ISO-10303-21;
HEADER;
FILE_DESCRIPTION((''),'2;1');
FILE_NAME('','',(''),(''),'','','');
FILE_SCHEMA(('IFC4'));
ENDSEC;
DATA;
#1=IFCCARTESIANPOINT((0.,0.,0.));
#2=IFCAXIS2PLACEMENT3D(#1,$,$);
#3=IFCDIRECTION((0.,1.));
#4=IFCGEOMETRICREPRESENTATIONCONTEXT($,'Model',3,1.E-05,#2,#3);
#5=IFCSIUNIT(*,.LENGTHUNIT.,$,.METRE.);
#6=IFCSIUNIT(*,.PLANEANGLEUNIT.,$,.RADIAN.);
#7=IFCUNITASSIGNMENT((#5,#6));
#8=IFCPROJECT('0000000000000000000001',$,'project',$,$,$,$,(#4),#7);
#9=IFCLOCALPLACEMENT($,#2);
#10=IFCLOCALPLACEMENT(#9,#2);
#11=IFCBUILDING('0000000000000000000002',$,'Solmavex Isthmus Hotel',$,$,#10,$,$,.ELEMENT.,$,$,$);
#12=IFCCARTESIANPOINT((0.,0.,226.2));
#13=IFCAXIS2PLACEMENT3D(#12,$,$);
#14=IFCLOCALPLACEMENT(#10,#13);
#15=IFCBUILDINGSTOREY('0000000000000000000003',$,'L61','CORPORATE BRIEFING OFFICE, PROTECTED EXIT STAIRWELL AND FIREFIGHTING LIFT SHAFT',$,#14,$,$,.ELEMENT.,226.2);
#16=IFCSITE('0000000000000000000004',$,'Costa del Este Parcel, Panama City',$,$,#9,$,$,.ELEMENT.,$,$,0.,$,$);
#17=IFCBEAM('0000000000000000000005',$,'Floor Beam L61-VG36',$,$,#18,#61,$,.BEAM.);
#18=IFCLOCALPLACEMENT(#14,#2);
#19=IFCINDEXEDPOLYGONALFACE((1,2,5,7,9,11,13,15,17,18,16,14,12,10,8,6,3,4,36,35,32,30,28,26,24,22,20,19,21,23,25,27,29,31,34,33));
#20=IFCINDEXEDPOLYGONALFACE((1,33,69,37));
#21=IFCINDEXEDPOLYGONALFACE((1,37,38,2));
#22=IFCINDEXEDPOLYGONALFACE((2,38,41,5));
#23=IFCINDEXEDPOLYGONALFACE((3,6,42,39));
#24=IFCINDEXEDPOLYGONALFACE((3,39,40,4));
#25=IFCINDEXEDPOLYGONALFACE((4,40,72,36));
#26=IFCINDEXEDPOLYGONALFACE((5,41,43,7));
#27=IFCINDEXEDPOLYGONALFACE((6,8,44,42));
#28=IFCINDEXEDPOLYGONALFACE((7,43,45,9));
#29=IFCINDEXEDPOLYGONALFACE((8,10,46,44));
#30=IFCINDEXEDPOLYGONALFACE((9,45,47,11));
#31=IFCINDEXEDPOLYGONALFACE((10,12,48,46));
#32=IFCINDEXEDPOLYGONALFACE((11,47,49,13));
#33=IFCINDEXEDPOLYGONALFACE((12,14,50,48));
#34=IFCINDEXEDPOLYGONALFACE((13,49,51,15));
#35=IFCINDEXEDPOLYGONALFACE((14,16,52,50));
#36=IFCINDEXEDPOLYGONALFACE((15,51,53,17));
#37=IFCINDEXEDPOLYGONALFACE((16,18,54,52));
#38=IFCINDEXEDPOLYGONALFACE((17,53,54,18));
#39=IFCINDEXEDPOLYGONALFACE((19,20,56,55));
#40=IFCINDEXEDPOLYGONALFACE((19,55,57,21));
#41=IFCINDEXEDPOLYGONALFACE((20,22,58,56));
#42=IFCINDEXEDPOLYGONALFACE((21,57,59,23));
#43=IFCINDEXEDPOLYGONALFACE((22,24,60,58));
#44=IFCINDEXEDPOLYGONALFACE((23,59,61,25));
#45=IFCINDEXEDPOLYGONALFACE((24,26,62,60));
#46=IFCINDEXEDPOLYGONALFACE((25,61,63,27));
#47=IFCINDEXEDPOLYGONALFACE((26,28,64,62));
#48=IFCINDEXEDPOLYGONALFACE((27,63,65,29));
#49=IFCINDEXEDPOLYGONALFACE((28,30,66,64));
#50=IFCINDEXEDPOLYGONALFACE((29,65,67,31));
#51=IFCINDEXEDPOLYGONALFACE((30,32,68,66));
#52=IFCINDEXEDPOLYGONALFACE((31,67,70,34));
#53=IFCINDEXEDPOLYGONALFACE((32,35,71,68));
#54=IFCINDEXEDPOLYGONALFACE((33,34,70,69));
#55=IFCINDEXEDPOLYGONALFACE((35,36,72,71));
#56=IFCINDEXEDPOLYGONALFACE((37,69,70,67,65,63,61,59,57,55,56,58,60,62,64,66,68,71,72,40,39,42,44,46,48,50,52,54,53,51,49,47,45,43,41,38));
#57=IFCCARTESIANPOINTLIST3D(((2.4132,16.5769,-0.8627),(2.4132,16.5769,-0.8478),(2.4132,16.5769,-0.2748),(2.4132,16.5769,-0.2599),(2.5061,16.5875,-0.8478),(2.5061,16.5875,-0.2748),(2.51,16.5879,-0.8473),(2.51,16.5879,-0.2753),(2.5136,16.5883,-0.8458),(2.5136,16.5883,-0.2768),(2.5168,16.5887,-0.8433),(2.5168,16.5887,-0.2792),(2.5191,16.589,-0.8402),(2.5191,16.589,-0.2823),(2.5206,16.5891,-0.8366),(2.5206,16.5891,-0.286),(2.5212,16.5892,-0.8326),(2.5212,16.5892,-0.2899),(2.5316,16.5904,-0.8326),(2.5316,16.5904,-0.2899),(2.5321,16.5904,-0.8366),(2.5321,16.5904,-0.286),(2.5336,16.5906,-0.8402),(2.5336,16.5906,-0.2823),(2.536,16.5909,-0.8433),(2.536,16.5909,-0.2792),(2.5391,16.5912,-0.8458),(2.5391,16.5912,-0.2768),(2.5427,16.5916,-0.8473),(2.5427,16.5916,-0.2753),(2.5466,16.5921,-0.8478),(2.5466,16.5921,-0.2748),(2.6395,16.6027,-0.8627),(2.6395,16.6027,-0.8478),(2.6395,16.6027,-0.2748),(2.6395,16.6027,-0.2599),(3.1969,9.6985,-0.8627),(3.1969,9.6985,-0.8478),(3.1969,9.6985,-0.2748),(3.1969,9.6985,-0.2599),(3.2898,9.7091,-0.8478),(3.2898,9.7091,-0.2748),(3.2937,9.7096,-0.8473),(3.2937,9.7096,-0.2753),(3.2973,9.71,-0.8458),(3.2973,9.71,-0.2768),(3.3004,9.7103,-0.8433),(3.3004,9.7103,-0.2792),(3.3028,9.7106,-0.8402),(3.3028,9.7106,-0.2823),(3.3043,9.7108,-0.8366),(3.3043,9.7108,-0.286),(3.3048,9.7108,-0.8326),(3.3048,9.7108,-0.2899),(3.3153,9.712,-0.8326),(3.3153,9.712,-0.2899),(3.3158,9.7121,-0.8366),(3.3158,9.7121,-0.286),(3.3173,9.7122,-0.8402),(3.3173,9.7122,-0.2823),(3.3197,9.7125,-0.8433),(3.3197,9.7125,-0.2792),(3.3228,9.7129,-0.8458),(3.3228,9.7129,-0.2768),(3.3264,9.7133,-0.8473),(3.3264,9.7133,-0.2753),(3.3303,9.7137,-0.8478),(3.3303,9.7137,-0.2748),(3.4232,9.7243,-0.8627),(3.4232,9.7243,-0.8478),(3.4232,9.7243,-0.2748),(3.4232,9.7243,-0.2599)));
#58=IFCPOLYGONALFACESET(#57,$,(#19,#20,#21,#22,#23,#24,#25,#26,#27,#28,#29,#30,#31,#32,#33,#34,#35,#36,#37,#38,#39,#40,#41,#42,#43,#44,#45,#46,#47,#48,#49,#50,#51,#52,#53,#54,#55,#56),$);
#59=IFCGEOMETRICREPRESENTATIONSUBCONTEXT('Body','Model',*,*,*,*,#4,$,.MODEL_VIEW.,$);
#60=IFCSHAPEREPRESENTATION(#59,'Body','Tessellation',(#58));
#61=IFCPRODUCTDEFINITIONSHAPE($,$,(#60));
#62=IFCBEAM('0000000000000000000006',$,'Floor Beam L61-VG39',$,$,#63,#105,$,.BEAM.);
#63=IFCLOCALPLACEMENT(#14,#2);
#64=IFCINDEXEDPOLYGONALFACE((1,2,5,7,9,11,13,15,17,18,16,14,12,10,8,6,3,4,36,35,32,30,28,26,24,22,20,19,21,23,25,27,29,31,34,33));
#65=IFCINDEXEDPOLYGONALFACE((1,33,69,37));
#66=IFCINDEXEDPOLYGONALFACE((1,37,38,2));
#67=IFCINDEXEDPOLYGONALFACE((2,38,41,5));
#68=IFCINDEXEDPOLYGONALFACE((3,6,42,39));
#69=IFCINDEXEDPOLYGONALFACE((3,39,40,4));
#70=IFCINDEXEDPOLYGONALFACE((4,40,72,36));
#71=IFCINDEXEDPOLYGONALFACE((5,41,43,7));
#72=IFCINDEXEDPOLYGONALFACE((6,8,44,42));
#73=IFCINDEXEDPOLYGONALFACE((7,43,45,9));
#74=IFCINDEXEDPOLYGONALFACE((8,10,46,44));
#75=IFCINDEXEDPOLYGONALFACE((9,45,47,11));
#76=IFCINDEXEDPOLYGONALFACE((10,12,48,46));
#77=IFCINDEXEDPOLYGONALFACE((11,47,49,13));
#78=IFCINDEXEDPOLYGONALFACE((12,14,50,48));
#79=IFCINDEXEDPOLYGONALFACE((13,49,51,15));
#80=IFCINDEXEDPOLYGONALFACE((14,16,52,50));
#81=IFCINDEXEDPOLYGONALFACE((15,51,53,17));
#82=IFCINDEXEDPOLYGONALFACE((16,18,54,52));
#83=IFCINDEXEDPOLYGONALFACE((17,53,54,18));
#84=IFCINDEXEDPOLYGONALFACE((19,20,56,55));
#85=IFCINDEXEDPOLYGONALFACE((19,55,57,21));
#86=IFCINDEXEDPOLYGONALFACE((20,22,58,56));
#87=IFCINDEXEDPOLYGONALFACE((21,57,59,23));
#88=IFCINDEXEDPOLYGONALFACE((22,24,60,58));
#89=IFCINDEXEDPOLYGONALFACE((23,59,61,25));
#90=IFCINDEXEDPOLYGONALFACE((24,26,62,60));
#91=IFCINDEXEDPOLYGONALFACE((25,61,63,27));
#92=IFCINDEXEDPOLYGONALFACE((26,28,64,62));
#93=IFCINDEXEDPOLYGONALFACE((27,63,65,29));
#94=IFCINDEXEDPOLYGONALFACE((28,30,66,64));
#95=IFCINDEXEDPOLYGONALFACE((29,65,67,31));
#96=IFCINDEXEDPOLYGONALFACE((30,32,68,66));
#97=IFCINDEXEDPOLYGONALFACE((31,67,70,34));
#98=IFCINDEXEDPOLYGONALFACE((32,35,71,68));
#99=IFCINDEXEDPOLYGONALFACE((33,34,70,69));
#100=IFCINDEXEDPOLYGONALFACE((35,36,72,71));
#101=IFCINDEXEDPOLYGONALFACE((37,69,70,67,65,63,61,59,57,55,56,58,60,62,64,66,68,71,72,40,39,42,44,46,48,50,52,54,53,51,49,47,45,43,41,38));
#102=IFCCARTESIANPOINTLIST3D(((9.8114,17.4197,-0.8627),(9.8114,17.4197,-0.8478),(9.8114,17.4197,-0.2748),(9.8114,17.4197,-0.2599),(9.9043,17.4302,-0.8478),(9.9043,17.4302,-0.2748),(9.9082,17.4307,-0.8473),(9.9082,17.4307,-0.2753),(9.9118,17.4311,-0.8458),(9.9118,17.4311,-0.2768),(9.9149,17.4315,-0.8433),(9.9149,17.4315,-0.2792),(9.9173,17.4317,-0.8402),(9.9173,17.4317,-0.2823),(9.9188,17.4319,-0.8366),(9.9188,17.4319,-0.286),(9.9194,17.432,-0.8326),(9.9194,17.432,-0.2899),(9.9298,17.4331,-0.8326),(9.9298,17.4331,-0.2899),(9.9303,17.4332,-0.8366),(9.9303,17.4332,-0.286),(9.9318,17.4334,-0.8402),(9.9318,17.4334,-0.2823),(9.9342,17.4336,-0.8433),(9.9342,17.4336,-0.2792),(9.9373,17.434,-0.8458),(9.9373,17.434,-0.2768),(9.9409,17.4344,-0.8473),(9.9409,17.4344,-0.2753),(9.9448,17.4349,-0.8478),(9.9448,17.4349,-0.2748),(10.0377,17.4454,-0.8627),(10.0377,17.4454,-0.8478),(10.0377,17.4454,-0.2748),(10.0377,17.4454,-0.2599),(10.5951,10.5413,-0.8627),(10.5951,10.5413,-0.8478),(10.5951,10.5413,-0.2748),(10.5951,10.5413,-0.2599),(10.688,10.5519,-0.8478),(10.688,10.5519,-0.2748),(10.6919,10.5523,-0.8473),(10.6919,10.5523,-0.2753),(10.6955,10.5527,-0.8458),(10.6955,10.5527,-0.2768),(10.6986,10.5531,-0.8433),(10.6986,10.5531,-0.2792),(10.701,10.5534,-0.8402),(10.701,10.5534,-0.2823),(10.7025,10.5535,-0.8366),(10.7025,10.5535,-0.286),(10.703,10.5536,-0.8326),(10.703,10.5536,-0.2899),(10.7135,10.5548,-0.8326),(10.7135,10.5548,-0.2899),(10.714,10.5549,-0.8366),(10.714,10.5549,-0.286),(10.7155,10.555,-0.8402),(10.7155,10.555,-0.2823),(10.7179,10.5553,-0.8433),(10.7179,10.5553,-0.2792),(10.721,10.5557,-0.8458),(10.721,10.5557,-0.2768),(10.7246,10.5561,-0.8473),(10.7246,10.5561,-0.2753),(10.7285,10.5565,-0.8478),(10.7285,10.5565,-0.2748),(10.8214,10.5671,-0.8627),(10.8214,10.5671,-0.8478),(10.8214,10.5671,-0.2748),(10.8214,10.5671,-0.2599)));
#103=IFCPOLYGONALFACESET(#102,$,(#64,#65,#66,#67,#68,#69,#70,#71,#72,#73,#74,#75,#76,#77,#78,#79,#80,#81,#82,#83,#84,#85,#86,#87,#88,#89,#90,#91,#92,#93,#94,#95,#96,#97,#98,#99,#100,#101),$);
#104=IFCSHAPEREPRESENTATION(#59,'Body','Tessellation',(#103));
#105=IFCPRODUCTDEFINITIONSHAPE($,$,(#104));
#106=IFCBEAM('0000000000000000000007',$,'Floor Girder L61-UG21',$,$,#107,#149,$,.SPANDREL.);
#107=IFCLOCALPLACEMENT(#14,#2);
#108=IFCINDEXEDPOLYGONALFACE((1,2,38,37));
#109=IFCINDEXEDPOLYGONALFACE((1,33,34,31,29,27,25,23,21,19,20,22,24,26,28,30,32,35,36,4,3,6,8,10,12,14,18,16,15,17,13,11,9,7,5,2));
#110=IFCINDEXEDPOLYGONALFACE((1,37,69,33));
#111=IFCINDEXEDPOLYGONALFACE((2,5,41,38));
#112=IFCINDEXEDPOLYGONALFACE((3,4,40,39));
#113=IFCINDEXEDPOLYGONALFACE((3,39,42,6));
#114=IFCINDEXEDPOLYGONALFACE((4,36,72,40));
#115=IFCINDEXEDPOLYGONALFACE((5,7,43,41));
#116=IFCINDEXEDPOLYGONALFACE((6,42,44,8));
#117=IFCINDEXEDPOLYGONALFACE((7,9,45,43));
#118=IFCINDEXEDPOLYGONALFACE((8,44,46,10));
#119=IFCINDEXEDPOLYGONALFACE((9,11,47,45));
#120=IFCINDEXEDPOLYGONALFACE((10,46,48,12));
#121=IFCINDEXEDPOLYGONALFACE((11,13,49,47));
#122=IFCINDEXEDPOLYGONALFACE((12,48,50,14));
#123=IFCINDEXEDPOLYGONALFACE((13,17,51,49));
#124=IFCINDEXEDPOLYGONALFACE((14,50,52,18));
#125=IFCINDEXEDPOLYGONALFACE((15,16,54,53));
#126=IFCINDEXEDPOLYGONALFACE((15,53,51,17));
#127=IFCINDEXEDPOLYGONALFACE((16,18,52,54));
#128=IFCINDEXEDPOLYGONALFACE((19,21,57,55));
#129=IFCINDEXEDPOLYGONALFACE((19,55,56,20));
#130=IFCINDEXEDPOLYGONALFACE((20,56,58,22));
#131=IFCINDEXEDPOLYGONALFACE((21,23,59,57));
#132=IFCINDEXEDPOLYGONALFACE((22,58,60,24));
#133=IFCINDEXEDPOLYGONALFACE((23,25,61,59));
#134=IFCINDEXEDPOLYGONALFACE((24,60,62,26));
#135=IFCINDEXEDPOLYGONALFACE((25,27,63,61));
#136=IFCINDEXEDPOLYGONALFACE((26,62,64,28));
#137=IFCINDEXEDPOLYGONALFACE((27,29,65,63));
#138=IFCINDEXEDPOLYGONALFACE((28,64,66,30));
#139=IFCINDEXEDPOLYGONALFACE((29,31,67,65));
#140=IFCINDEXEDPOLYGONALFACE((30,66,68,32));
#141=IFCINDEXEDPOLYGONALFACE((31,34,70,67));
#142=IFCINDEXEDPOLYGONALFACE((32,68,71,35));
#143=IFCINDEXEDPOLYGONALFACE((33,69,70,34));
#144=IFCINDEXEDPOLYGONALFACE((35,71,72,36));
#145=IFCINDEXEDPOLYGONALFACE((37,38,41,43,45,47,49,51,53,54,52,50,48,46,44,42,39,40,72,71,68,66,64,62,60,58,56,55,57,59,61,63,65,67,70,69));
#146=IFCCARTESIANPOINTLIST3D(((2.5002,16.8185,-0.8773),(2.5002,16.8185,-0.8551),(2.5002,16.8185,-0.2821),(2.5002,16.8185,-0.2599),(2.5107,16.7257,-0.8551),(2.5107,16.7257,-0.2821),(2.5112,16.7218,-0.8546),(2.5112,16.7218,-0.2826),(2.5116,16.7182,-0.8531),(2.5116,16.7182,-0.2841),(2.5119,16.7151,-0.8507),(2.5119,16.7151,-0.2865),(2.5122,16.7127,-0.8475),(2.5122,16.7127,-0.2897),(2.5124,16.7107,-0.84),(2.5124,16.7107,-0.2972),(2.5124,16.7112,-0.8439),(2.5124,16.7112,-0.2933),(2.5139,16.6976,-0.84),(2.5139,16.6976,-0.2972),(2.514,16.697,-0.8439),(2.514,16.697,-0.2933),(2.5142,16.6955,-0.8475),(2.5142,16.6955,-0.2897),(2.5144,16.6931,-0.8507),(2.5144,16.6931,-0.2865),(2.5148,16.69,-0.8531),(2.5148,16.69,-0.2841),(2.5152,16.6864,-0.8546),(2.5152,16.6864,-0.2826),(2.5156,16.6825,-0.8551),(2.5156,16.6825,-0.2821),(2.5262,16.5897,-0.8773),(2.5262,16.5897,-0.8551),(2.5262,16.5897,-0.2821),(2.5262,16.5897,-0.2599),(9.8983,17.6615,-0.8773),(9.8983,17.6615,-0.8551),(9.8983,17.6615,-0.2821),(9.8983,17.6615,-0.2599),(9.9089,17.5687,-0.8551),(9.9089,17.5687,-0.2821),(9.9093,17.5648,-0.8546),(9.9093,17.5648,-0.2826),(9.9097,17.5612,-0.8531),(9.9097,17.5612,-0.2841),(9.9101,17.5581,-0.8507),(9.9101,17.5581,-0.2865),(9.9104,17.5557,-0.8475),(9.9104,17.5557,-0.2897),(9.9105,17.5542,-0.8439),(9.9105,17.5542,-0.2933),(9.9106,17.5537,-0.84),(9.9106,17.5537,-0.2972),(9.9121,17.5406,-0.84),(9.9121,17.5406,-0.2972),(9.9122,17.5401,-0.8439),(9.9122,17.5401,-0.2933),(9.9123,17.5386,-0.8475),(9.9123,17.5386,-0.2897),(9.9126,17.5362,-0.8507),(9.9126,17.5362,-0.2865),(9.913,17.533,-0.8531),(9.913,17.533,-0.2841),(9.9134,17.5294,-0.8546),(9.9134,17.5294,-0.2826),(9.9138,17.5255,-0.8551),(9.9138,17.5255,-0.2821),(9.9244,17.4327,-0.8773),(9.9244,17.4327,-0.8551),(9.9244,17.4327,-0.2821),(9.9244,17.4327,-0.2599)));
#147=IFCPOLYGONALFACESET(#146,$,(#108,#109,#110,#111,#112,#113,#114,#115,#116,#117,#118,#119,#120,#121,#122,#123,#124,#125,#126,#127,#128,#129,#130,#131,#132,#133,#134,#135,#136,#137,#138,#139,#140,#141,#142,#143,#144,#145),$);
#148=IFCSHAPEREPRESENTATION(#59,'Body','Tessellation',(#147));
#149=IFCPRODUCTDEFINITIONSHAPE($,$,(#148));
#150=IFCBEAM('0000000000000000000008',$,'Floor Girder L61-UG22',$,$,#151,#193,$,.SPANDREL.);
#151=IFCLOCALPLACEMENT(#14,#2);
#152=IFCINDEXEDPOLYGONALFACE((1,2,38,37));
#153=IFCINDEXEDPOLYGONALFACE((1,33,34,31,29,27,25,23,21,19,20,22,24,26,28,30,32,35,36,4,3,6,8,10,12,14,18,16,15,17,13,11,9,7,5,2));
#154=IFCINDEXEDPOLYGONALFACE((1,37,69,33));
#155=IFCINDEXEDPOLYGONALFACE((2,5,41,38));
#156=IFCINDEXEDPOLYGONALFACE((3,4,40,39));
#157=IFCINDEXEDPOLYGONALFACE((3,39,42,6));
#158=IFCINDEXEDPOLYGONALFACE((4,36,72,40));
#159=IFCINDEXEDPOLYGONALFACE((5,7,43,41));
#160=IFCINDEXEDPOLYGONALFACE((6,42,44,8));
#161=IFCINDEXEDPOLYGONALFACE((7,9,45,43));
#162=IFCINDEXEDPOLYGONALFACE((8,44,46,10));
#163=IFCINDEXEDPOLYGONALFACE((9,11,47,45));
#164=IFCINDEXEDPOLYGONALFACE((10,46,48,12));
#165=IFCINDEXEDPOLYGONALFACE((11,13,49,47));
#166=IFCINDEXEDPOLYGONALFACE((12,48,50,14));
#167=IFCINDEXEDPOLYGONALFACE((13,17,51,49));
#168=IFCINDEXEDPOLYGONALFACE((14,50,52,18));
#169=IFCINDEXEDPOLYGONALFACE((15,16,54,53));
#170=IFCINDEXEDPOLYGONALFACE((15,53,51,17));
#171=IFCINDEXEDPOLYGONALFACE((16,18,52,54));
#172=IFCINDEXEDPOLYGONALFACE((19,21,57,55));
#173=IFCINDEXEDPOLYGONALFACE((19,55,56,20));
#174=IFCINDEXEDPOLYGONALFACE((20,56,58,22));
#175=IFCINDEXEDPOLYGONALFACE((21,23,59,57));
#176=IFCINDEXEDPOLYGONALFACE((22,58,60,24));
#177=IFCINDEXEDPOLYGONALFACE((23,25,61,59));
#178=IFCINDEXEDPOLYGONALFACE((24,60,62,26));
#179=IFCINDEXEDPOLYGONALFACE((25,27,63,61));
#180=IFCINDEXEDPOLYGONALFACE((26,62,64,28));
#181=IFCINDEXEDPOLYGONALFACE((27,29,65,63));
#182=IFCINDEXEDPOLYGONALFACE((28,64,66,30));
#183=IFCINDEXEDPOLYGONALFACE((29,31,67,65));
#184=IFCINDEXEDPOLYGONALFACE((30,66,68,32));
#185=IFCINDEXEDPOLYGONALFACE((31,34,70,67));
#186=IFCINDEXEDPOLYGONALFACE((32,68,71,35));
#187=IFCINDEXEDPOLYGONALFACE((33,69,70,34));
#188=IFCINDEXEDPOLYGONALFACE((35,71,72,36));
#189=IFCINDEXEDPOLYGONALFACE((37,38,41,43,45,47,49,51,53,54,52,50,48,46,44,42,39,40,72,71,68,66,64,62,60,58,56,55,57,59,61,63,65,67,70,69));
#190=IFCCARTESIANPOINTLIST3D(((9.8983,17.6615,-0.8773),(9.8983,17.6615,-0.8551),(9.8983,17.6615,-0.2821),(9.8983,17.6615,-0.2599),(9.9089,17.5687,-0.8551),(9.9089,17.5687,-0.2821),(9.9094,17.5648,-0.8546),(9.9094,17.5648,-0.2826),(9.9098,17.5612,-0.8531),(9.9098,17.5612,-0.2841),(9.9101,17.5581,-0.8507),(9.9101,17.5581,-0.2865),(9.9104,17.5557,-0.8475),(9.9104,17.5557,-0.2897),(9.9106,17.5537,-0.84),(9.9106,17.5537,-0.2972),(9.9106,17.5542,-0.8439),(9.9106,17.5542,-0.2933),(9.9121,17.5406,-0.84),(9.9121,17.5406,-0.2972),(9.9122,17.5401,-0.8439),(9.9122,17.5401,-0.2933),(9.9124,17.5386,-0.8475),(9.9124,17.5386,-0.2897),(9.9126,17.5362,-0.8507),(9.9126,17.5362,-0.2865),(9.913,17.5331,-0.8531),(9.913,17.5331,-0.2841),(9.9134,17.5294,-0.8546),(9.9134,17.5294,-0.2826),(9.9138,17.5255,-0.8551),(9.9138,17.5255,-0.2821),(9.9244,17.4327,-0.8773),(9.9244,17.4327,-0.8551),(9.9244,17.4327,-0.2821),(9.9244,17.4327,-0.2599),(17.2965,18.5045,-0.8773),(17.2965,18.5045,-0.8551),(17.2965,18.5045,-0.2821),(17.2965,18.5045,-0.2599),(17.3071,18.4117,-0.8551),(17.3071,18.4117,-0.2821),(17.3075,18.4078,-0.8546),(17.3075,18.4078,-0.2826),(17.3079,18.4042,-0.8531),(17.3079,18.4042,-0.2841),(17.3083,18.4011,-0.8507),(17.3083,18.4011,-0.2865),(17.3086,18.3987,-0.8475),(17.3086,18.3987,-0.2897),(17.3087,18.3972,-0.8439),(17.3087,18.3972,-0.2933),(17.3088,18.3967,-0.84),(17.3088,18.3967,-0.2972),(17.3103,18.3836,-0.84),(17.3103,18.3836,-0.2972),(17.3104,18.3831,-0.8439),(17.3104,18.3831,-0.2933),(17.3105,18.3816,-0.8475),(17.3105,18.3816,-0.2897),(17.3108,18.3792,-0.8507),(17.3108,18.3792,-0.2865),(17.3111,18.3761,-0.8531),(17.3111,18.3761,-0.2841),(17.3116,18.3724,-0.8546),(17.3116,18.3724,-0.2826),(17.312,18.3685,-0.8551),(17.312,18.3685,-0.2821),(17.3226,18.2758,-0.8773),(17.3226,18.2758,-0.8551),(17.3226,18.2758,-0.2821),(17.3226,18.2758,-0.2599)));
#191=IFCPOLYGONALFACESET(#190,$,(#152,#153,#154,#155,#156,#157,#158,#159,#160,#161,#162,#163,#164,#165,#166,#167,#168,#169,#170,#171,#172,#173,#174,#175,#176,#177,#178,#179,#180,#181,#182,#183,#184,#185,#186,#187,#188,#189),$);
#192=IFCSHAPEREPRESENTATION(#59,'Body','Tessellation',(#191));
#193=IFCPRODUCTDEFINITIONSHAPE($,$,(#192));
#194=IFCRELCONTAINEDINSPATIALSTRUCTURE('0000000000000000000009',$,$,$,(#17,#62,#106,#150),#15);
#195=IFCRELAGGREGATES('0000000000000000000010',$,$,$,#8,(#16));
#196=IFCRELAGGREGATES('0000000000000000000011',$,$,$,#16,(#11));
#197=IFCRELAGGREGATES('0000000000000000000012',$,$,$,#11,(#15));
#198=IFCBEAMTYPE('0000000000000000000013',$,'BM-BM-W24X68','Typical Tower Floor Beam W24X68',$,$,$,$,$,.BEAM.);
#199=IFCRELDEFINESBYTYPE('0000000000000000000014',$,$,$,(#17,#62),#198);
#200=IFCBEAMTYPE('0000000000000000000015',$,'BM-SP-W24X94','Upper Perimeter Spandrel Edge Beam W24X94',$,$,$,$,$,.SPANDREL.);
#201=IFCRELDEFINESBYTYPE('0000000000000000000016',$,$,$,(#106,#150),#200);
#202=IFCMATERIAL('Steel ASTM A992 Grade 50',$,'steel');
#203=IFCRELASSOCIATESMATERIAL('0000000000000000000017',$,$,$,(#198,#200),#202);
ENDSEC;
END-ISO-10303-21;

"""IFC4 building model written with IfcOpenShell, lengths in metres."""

from ifc_helpers import new_model, si_unit, direction, frame, origin, origin_2d, place, context, subcontext, project, spatial, i_section, extrude, material, material_profile, profile_set, type_object, element, save


model = new_model("IFC4")

# Units and contexts
model_context = context("Model", 3, precision=1e-05, world=origin(), true_north=direction((0.0, 1.0)))
body_context = subcontext(model_context, "Body", "Model", "MODEL_VIEW")
ifc_project = project(units=[si_unit("LENGTHUNIT", "METRE"), si_unit("PLANEANGLEUNIT", "RADIAN")], contexts=[model_context])

# Site, building, storey
site_placement = place(None, origin())
site = spatial("IfcSite", under=ifc_project, at=site_placement, Name="Costa del Este Parcel, Panama City", CompositionType="ELEMENT", RefElevation=0.0)
building_placement = place(site_placement, origin())
building = spatial("IfcBuilding", under=site, at=building_placement, Name="Solmavex Isthmus Hotel", CompositionType="ELEMENT")
storey_placement = place(building_placement, frame((0.0, 0.0, 226.2)))
storey = spatial("IfcBuildingStorey", under=building, at=storey_placement, Name="L61", Description="CORPORATE BRIEFING OFFICE, PROTECTED EXIT STAIRWELL AND FIREFIGHTING LIFT SHAFT", CompositionType="ELEMENT", Elevation=226.2)

# Beams
ifc_material_1 = material(Name="Steel ASTM A992 Grade 50", Category="steel")
ifc_material_profile_1 = material_profile(ifc_material_1, i_section(OverallWidth=0.2278, OverallDepth=0.6028, WebThickness=0.0105, FlangeThickness=0.0149, FilletRadius=0.0151, at=origin_2d()), Name="W24X68")
ifc_profile_set_1 = profile_set([ifc_material_profile_1], Name="Steel ASTM A992 Grade 50")
beam_type_1 = type_object("IfcBeamType", Name="BM-BM-W24X68", Description="Typical Tower Floor Beam W24X68", PredefinedType="BEAM", material=ifc_profile_set_1)
for number, where, z_axis, x_axis, name in (
    (1, (3.3101, 9.7114, -0.5613), (-0.113202, 0.993572, 0.0), (-0.993572, -0.113202, 0.0), "Floor Beam L61-VG36"),
    (2, (10.7083, 10.5542, -0.5613), (-0.113202, 0.993572, 0.0), (-0.993572, -0.113202, 0.0), "Floor Beam L61-VG39"),
):
    element("IfcBeam", number, at=place(storey_placement, frame(where, z_axis=z_axis, x_axis=x_axis)), inside=storey, type_object=beam_type_1, Name=name, PredefinedType="BEAM", context=body_context, shape_type="SweptSolid", body=[
        extrude(i_section(OverallWidth=0.2278, OverallDepth=0.6028, WebThickness=0.0105, FlangeThickness=0.0149, FilletRadius=0.0151, at=origin_2d()), origin(), (0.0, 0.0, 1.0), 6.9229),
    ])
ifc_material_profile_2 = material_profile(ifc_material_1, i_section(OverallWidth=0.2302, OverallDepth=0.6174, WebThickness=0.0132, FlangeThickness=0.0222, FilletRadius=0.0151, at=origin_2d()), Name="W24X94")
ifc_profile_set_2 = profile_set([ifc_material_profile_2], Name="Steel ASTM A992 Grade 50")
beam_type_2 = type_object("IfcBeamType", Name="BM-SP-W24X94", Description="Upper Perimeter Spandrel Edge Beam W24X94", PredefinedType="SPANDREL", material=ifc_profile_set_2)
for number, where, z_axis, x_axis, name in (
    (3, (2.5132, 16.7041, -0.5686), (0.99357, 0.113216, 0.0), (-0.113216, 0.99357, 0.0), "Floor Girder L61-UG21"),
    (4, (9.9114, 17.5471, -0.5686), (0.99357, 0.113216, 0.0), (-0.113216, 0.99357, 0.0), "Floor Girder L61-UG22"),
):
    element("IfcBeam", number, at=place(storey_placement, frame(where, z_axis=z_axis, x_axis=x_axis)), inside=storey, type_object=beam_type_2, Name=name, PredefinedType="SPANDREL", context=body_context, shape_type="SweptSolid", body=[
        extrude(i_section(OverallWidth=0.2302, OverallDepth=0.6174, WebThickness=0.0132, FlangeThickness=0.0222, FilletRadius=0.0151, at=origin_2d()), origin(), (0.0, 0.0, 1.0), 7.446),
    ])

save(model, "model.ifc")
